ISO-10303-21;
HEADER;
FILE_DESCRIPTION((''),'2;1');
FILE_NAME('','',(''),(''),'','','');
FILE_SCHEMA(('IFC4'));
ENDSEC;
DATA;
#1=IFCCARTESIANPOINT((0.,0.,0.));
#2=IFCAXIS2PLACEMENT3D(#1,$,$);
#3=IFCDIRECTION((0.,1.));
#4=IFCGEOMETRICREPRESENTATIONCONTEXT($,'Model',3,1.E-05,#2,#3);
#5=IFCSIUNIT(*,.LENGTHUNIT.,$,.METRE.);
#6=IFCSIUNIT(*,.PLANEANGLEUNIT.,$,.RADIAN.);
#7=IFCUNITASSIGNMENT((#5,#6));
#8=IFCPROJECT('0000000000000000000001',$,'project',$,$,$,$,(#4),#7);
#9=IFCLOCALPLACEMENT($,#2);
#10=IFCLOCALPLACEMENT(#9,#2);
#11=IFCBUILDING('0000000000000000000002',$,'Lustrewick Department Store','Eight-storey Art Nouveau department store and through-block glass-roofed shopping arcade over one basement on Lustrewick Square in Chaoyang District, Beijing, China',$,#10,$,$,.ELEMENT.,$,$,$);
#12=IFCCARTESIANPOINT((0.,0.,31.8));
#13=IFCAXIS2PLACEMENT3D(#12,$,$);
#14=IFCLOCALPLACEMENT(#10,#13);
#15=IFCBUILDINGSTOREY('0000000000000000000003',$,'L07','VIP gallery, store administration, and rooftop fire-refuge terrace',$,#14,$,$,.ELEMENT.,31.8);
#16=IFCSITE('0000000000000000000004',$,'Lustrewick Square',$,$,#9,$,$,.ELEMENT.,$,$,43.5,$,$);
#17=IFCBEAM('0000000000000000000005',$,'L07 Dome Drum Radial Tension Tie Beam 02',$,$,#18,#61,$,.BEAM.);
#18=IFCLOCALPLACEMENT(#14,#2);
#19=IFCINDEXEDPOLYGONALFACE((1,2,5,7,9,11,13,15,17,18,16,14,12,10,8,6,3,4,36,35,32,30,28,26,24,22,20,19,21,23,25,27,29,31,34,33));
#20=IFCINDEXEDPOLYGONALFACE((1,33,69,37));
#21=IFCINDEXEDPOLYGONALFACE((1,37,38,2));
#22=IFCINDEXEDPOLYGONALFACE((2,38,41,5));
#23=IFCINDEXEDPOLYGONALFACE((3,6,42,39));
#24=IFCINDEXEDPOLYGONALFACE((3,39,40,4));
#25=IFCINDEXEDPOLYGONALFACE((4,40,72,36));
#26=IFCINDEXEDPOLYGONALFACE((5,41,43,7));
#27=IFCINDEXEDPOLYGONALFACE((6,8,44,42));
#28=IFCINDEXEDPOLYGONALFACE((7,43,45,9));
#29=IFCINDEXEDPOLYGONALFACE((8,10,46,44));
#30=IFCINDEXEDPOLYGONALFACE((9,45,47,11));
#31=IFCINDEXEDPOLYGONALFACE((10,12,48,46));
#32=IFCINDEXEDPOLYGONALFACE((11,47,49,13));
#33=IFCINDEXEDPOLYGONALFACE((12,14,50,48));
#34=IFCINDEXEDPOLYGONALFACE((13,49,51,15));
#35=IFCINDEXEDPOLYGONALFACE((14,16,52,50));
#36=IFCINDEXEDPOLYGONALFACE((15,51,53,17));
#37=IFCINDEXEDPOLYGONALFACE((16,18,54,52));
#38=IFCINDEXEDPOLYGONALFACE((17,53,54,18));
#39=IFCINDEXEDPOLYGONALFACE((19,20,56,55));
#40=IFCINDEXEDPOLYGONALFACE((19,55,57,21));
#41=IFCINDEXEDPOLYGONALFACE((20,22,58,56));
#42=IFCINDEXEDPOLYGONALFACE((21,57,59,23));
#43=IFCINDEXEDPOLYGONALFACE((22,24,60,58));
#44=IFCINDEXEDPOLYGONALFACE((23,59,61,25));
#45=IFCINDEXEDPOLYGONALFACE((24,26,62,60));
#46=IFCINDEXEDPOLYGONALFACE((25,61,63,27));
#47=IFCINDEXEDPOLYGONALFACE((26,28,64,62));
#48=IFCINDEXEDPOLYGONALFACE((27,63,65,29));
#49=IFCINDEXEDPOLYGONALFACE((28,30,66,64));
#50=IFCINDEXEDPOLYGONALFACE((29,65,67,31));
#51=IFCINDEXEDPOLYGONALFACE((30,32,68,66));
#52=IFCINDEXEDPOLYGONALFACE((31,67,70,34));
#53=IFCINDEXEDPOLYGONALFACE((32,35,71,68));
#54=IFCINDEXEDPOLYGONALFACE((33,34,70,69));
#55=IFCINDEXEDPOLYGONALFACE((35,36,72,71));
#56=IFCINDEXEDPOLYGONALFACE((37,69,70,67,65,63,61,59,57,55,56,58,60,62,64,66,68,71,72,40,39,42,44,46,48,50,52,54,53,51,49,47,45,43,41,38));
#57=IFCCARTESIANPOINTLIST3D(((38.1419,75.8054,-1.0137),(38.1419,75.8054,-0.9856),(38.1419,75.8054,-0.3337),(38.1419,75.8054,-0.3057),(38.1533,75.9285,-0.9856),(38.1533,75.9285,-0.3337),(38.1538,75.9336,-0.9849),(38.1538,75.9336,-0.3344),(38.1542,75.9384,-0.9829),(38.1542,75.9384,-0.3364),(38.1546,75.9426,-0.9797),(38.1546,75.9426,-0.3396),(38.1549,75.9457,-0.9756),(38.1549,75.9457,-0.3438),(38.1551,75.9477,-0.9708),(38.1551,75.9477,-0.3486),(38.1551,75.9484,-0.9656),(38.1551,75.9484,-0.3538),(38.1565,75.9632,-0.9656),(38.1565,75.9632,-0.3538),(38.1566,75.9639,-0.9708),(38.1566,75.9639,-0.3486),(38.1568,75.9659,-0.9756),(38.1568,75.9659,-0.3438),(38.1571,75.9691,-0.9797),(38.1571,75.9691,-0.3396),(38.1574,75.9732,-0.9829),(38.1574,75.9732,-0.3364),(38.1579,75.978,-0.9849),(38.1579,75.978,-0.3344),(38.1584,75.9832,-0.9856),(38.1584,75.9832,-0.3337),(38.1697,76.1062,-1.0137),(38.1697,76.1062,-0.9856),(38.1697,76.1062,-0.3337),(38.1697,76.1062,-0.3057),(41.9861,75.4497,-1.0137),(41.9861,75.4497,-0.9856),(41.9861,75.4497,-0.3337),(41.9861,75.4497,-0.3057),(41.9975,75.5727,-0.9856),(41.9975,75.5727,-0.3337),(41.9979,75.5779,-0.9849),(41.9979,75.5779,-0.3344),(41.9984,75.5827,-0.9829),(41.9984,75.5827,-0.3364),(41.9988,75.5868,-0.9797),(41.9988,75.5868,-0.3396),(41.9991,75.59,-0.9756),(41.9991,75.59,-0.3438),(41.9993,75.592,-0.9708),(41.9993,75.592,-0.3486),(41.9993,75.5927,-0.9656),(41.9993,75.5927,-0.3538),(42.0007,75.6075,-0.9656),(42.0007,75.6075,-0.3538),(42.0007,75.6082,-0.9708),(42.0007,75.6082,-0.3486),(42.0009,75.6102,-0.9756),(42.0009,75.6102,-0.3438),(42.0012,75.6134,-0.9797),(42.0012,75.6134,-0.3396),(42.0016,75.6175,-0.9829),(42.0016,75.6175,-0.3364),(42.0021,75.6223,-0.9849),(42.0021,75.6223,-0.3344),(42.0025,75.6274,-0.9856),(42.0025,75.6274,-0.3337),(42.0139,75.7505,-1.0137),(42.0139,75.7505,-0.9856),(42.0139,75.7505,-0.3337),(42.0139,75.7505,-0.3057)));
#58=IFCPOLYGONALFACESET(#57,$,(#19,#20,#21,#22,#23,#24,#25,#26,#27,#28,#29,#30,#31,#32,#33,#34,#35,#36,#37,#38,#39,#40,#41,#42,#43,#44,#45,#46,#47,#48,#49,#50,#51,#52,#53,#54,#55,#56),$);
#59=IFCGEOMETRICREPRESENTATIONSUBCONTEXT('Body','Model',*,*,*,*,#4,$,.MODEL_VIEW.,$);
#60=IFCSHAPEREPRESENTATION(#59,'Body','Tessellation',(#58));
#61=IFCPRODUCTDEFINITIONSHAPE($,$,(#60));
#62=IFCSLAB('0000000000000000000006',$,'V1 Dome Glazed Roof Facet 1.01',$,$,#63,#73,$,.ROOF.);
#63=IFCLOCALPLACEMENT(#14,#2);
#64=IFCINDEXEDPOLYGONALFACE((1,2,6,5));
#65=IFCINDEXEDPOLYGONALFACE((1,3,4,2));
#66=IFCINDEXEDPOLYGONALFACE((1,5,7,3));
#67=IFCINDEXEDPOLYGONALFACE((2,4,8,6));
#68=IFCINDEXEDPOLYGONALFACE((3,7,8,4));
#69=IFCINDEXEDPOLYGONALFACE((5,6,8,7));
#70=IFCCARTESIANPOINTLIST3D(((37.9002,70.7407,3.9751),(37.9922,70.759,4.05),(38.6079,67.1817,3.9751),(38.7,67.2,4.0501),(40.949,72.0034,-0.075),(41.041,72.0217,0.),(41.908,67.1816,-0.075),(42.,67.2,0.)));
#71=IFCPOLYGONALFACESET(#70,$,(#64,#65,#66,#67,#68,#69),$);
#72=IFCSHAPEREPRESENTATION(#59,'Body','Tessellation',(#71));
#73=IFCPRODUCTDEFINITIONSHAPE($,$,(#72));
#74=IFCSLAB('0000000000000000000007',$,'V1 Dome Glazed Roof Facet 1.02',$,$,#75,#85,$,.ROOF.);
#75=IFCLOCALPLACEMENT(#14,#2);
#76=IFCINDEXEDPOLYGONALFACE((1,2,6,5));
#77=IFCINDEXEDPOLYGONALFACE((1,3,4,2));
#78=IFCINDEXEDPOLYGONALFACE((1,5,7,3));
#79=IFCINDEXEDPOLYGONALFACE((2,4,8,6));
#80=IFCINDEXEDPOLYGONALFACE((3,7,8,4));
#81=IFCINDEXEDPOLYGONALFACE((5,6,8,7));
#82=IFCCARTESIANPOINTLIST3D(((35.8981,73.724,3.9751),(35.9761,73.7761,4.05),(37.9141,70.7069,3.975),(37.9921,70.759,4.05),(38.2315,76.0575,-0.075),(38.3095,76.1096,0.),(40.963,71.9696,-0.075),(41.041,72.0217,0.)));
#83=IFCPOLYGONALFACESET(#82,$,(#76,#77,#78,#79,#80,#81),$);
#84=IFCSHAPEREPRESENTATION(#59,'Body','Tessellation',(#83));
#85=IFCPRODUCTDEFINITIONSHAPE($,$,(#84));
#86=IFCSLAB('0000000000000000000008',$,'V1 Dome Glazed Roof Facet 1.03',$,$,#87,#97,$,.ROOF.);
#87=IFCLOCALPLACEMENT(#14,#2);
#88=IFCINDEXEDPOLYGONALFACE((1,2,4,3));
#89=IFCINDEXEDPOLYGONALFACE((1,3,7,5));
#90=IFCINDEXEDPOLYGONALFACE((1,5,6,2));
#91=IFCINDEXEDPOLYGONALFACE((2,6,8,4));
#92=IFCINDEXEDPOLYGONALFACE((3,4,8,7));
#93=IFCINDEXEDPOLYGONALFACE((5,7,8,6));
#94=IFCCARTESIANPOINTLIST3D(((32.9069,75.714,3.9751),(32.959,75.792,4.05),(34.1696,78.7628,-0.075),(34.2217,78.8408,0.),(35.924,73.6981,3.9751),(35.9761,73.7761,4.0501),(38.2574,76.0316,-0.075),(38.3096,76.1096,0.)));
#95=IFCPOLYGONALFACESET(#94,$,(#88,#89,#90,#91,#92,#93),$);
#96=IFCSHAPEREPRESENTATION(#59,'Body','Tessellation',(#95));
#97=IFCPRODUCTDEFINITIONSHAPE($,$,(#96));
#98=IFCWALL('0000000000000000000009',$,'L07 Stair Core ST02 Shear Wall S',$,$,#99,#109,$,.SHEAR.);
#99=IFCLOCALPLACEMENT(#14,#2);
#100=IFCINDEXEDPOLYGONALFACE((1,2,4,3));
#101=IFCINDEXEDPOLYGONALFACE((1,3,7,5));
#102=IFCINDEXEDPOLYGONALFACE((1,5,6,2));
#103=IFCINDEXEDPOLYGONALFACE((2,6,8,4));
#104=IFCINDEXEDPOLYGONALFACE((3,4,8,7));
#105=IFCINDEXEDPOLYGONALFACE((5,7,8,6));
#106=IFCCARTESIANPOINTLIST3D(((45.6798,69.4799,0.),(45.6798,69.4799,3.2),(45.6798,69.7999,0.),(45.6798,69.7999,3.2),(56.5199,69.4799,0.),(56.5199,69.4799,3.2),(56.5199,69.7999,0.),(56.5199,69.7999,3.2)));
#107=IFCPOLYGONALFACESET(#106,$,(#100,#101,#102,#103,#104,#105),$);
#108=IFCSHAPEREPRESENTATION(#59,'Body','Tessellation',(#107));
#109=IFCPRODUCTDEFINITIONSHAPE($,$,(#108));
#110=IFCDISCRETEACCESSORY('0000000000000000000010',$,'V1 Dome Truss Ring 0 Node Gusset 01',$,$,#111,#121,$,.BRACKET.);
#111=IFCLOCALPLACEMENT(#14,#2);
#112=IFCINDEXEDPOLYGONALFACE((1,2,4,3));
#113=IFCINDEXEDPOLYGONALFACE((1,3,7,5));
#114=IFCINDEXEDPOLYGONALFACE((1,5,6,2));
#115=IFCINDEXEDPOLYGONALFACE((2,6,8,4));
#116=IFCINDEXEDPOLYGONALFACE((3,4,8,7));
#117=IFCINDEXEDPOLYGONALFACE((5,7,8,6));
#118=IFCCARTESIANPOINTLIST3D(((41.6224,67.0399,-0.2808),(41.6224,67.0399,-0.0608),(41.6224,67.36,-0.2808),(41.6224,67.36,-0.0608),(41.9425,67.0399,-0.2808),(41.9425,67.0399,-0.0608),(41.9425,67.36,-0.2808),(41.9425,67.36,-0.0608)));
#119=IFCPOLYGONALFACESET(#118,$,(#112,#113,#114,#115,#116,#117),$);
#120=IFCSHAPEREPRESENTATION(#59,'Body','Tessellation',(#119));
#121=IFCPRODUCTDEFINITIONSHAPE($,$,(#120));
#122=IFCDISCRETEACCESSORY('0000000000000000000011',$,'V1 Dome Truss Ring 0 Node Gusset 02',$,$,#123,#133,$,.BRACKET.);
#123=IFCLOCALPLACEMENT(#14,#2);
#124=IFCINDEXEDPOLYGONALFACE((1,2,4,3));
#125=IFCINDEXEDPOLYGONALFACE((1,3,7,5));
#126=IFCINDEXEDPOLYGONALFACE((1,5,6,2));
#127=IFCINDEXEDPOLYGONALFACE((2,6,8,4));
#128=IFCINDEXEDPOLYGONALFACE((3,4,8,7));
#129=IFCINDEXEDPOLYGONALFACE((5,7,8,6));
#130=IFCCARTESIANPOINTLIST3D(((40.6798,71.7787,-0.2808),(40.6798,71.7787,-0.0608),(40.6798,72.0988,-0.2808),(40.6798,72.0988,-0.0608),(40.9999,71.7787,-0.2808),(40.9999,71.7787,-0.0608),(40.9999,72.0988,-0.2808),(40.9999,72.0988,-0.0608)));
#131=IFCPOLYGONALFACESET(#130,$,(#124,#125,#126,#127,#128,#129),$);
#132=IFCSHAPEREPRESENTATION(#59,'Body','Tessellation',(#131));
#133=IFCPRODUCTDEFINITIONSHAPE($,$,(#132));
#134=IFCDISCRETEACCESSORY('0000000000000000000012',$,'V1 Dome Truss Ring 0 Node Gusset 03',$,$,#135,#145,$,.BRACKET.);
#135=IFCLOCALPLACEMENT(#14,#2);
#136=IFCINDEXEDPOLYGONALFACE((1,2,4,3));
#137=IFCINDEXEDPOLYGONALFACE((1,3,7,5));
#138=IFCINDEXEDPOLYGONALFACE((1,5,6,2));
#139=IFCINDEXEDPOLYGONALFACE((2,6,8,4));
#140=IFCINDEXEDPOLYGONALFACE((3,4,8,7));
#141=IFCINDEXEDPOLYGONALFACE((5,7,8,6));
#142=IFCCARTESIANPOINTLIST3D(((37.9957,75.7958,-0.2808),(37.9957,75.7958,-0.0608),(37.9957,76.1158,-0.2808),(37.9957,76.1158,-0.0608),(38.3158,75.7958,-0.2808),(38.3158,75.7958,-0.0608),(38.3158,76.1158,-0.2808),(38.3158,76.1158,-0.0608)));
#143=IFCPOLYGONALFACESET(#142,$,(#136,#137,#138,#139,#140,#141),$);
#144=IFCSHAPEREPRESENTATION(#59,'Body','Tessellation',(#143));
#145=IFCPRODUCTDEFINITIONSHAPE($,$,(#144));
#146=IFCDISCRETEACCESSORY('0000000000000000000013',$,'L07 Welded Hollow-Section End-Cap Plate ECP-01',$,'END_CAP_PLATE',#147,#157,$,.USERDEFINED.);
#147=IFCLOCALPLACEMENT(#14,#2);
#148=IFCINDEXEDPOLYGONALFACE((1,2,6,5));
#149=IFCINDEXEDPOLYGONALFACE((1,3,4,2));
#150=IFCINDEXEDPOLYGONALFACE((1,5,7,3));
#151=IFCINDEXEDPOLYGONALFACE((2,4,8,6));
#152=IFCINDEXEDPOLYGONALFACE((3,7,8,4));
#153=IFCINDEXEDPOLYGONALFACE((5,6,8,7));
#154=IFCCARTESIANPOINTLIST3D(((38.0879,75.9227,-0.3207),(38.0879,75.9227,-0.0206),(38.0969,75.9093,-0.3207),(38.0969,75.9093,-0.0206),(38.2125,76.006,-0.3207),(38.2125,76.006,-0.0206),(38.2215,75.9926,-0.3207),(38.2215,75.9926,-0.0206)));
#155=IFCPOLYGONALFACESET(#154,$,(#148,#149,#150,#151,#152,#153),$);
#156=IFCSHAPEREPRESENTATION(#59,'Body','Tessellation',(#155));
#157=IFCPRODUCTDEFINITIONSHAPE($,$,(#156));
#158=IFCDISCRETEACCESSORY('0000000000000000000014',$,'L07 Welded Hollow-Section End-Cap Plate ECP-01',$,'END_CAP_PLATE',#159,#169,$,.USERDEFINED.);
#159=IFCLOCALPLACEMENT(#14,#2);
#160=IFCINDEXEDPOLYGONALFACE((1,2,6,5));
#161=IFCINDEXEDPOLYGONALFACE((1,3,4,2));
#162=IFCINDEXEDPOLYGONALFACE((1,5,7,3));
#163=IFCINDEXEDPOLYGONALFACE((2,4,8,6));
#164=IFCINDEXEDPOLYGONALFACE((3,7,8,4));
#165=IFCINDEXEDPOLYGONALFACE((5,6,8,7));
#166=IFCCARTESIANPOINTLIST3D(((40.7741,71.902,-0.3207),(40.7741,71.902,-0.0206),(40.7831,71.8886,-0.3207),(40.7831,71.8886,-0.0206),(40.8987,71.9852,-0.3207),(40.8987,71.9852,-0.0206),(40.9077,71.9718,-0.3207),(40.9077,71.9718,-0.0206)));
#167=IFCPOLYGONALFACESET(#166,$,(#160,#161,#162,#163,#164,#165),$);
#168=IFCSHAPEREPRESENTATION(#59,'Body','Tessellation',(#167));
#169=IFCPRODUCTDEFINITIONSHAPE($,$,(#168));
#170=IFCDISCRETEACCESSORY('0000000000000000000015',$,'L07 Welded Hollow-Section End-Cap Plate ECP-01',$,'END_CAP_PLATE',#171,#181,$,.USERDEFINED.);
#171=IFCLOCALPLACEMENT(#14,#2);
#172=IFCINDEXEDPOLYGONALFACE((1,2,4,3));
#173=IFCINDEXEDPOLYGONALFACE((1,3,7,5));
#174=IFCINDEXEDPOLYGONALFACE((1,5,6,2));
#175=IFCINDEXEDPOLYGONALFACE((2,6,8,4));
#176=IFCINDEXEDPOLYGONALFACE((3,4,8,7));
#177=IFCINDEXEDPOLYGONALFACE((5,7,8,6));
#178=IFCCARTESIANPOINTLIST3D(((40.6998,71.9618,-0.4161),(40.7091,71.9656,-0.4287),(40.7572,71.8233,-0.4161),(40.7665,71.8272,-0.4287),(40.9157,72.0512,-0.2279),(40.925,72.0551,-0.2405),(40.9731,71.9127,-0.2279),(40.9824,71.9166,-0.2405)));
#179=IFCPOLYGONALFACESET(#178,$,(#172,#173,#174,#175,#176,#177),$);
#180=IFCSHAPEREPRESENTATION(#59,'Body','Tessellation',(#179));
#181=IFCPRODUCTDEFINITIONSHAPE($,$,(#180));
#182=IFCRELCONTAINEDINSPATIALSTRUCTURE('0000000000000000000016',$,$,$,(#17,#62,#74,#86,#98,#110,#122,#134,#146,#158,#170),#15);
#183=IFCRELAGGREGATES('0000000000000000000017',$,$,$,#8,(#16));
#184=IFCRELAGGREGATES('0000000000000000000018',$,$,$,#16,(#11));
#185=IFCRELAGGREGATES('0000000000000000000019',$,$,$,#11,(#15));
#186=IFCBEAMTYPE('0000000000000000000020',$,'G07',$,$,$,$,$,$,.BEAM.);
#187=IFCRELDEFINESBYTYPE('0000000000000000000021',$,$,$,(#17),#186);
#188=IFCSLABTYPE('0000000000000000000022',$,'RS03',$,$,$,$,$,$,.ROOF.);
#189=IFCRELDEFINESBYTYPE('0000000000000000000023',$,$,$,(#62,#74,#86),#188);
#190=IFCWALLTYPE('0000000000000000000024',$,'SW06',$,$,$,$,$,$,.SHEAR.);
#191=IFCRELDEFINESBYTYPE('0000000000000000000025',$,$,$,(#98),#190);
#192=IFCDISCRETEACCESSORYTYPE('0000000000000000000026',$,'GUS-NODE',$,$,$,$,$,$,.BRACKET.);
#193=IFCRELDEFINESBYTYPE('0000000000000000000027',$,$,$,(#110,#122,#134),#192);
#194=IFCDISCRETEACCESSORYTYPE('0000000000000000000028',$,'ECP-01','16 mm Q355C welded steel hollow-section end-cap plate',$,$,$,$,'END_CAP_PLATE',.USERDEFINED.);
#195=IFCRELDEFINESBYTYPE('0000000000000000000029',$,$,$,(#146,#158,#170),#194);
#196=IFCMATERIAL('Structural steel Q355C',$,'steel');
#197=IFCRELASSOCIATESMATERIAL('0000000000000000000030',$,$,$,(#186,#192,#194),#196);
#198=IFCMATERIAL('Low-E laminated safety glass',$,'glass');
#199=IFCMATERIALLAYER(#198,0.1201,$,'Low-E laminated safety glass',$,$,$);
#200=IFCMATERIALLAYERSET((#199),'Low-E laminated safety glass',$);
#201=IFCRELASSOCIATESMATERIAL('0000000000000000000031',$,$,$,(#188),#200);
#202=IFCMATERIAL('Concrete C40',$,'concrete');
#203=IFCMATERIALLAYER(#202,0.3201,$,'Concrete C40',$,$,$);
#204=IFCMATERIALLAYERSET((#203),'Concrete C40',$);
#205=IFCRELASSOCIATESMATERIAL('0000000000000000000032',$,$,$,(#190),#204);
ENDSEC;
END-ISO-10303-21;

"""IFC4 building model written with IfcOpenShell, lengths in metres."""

from ifc_helpers import new_model, si_unit, direction, frame, frame_2d, origin, origin_2d, place, context, subcontext, project, spatial, polyline, rectangle, i_section, outline, extrude, material, layer, layer_set, material_profile, profile_set, type_object, element, save


model = new_model("IFC4")

# Units and contexts
model_context = context("Model", 3, precision=1e-05, world=origin(), true_north=direction((0.0, 1.0)))
body_context = subcontext(model_context, "Body", "Model", "MODEL_VIEW")
ifc_project = project(units=[si_unit("LENGTHUNIT", "METRE"), si_unit("PLANEANGLEUNIT", "RADIAN")], contexts=[model_context])

# Site, building, storey
site_placement = place(None, origin())
site = spatial("IfcSite", under=ifc_project, at=site_placement, Name="Lustrewick Square", CompositionType="ELEMENT", RefElevation=43.5)
building_placement = place(site_placement, origin())
building = spatial("IfcBuilding", under=site, at=building_placement, Name="Lustrewick Department Store", Description="Eight-storey Art Nouveau department store and through-block glass-roofed shopping arcade over one basement on Lustrewick Square in Chaoyang District, Beijing, China", CompositionType="ELEMENT")
storey_placement = place(building_placement, frame((0.0, 0.0, 31.8)))
storey = spatial("IfcBuildingStorey", under=building, at=storey_placement, Name="L07", Description="VIP gallery, store administration, and rooftop fire-refuge terrace", CompositionType="ELEMENT", Elevation=31.8)

# Shared definitions
ifc_material_1 = material(Name="Structural steel Q355C", Category="steel")

# Beam
ifc_material_profile_1 = material_profile(ifc_material_1, i_section(OverallWidth=0.302, OverallDepth=0.708, WebThickness=0.0149, FlangeThickness=0.0281, FilletRadius=0.02, at=origin_2d()), Name="HN 708x302x15x28")
ifc_profile_set_1 = profile_set([ifc_material_profile_1], Name="Structural steel Q355C")
beam_type_1 = type_object("IfcBeamType", Name="G07", PredefinedType="BEAM", material=ifc_profile_set_1)
beam_1_placement = place(storey_placement, frame((42.0, 75.6001, -0.6597), z_axis=(-0.995746, 0.092138, 0.0), x_axis=(-0.092138, -0.995746, 0.0)))
element("IfcBeam", 1, at=beam_1_placement, inside=storey, type_object=beam_type_1, Name="L07 Dome Drum Radial Tension Tie Beam 02", PredefinedType="BEAM", context=body_context, shape_type="SweptSolid", body=[
    extrude(i_section(OverallWidth=0.302, OverallDepth=0.708, WebThickness=0.0149, FlangeThickness=0.0281, FilletRadius=0.02, at=origin_2d()), origin(), (0.0, 0.0, 1.0), 3.8606),
])

# Slabs
ifc_material_2 = material(Name="Low-E laminated safety glass", Category="glass")
ifc_layer_1 = layer(ifc_material_2, 0.1201, Name="Low-E laminated safety glass")
ifc_layer_set_1 = layer_set([ifc_layer_1], Name="Low-E laminated safety glass")
slab_type = type_object("IfcSlabType", Name="RS03", PredefinedType="ROOF", material=ifc_layer_set_1)
slab_1_placement = place(storey_placement, frame((42.0, 67.2, 0.0), z_axis=(0.766186, 0.152376, 0.624292), x_axis=(-0.195059, 0.980791, 0.000005)))
element("IfcSlab", 2, at=slab_1_placement, inside=storey, type_object=slab_type, Name="V1 Dome Glazed Roof Facet 1.01", PredefinedType="ROOF", context=body_context, shape_type="SweptSolid", body=[
    extrude(outline(polyline([(0.0, 0.0), (4.9162, 0.0), (4.2725, 5.1844), (0.6437, 5.1845), (0.0, 0.0)])), origin(), (0.0, 0.0, -1.0), 0.1201),
])
slab_2_placement = place(storey_placement, frame((41.041, 72.0217, 0.0), z_axis=(0.649532, 0.434018, 0.624289), x_axis=(-0.555578, 0.831464, -0.000007)))
element("IfcSlab", 3, at=slab_2_placement, inside=storey, type_object=slab_type, Name="V1 Dome Glazed Roof Facet 1.02", PredefinedType="ROOF", context=body_context, shape_type="SweptSolid", body=[
    extrude(outline(polyline([(0.0, 0.0), (4.9165, 0.0), (4.2727, 5.1845), (0.6439, 5.1844), (0.0, 0.0)])), origin(), (0.0, 0.0, -1.0), 0.1201),
])
slab_3_placement = place(storey_placement, frame((38.3096, 76.1096, 0.0), z_axis=(0.433987, 0.649552, 0.624289), x_axis=(-0.831489, 0.555541, 0.000004)))
element("IfcSlab", 4, at=slab_3_placement, inside=storey, type_object=slab_type, Name="V1 Dome Glazed Roof Facet 1.03", PredefinedType="ROOF", context=body_context, shape_type="SweptSolid", body=[
    extrude(outline(polyline([(0.0, 0.0), (4.9163, 0.0), (4.2725, 5.1844), (0.6439, 5.1845), (0.0, 0.0)])), origin(), (0.0, 0.0, -1.0), 0.1201),
])

# Wall
ifc_material_3 = material(Name="Concrete C40", Category="concrete")
ifc_layer_2 = layer(ifc_material_3, 0.3201, Name="Concrete C40")
ifc_layer_set_2 = layer_set([ifc_layer_2], Name="Concrete C40")
wall_type = type_object("IfcWallType", Name="SW06", PredefinedType="SHEAR", material=ifc_layer_set_2)
wall_placement = place(storey_placement, frame((45.6799, 69.6399, 0.0), z_axis=(0.0, 0.0, 1.0), x_axis=(1.0, 0.0, 0.0)))
element("IfcWall", 5, at=wall_placement, inside=storey, type_object=wall_type, Name="L07 Stair Core ST02 Shear Wall S", PredefinedType="SHEAR", context=body_context, shape_type="SweptSolid", body=[
    extrude(rectangle(XDim=10.8401, YDim=0.3201, at=frame_2d((5.4199, 0.0))), origin(), (0.0, 0.0, 1.0), 3.2),
])

# Discrete accessories
discrete_accessory_type_1 = type_object("IfcDiscreteAccessoryType", Name="GUS-NODE", PredefinedType="BRACKET", material=ifc_material_1)
for number, where, z_axis, x_axis, name in (
    (6, (41.7825, 67.2, -0.2808), (0.0, 0.0, 1.0), (1.0, 0.0, 0.0), "V1 Dome Truss Ring 0 Node Gusset 01"),
    (7, (40.8398, 71.9387, -0.2808), (0.0, 0.0, 1.0), (1.0, 0.0, 0.0), "V1 Dome Truss Ring 0 Node Gusset 02"),
    (8, (38.1558, 75.9558, -0.2808), (0.0, 0.0, 1.0), (1.0, 0.0, 0.0), "V1 Dome Truss Ring 0 Node Gusset 03"),
):
    element("IfcDiscreteAccessory", number, at=place(storey_placement, frame(where, z_axis=z_axis, x_axis=x_axis)), inside=storey, type_object=discrete_accessory_type_1, Name=name, PredefinedType="BRACKET", context=body_context, shape_type="SweptSolid", body=[
        extrude(rectangle(XDim=0.3201, YDim=0.3201, at=origin_2d()), origin(), (0.0, 0.0, 1.0), 0.22),
    ])
discrete_accessory_type_2 = type_object("IfcDiscreteAccessoryType", Name="ECP-01", Description="16 mm Q355C welded steel hollow-section end-cap plate", ElementType="END_CAP_PLATE", PredefinedType="USERDEFINED", material=ifc_material_1)
for number, where, z_axis, x_axis, name in (
    (9, (38.1592, 75.9509, -0.1707), (-0.555563, 0.831475, 0.0), (-0.831475, -0.555563, 0.0), "L07 Welded Hollow-Section End-Cap Plate ECP-01"),
    (10, (40.8364, 71.9436, -0.1707), (0.555563, -0.831475, 0.0), (-0.831475, -0.555563, 0.0), "L07 Welded Hollow-Section End-Cap Plate ECP-01"),
    (11, (40.8364, 71.9373, -0.322), (0.579378, 0.240018, -0.778918), (0.382726, -0.923862, 0.0), "L07 Welded Hollow-Section End-Cap Plate ECP-01"),
):
    element("IfcDiscreteAccessory", number, at=place(storey_placement, frame(where, z_axis=z_axis, x_axis=x_axis)), inside=storey, type_object=discrete_accessory_type_2, Name=name, ObjectType="END_CAP_PLATE", PredefinedType="USERDEFINED", context=body_context, shape_type="SweptSolid", body=[
        extrude(rectangle(XDim=0.1499, YDim=0.3, at=origin_2d()), origin(), (0.0, 0.0, 1.0), 0.0161),
    ])

save(model, "model.ifc")
